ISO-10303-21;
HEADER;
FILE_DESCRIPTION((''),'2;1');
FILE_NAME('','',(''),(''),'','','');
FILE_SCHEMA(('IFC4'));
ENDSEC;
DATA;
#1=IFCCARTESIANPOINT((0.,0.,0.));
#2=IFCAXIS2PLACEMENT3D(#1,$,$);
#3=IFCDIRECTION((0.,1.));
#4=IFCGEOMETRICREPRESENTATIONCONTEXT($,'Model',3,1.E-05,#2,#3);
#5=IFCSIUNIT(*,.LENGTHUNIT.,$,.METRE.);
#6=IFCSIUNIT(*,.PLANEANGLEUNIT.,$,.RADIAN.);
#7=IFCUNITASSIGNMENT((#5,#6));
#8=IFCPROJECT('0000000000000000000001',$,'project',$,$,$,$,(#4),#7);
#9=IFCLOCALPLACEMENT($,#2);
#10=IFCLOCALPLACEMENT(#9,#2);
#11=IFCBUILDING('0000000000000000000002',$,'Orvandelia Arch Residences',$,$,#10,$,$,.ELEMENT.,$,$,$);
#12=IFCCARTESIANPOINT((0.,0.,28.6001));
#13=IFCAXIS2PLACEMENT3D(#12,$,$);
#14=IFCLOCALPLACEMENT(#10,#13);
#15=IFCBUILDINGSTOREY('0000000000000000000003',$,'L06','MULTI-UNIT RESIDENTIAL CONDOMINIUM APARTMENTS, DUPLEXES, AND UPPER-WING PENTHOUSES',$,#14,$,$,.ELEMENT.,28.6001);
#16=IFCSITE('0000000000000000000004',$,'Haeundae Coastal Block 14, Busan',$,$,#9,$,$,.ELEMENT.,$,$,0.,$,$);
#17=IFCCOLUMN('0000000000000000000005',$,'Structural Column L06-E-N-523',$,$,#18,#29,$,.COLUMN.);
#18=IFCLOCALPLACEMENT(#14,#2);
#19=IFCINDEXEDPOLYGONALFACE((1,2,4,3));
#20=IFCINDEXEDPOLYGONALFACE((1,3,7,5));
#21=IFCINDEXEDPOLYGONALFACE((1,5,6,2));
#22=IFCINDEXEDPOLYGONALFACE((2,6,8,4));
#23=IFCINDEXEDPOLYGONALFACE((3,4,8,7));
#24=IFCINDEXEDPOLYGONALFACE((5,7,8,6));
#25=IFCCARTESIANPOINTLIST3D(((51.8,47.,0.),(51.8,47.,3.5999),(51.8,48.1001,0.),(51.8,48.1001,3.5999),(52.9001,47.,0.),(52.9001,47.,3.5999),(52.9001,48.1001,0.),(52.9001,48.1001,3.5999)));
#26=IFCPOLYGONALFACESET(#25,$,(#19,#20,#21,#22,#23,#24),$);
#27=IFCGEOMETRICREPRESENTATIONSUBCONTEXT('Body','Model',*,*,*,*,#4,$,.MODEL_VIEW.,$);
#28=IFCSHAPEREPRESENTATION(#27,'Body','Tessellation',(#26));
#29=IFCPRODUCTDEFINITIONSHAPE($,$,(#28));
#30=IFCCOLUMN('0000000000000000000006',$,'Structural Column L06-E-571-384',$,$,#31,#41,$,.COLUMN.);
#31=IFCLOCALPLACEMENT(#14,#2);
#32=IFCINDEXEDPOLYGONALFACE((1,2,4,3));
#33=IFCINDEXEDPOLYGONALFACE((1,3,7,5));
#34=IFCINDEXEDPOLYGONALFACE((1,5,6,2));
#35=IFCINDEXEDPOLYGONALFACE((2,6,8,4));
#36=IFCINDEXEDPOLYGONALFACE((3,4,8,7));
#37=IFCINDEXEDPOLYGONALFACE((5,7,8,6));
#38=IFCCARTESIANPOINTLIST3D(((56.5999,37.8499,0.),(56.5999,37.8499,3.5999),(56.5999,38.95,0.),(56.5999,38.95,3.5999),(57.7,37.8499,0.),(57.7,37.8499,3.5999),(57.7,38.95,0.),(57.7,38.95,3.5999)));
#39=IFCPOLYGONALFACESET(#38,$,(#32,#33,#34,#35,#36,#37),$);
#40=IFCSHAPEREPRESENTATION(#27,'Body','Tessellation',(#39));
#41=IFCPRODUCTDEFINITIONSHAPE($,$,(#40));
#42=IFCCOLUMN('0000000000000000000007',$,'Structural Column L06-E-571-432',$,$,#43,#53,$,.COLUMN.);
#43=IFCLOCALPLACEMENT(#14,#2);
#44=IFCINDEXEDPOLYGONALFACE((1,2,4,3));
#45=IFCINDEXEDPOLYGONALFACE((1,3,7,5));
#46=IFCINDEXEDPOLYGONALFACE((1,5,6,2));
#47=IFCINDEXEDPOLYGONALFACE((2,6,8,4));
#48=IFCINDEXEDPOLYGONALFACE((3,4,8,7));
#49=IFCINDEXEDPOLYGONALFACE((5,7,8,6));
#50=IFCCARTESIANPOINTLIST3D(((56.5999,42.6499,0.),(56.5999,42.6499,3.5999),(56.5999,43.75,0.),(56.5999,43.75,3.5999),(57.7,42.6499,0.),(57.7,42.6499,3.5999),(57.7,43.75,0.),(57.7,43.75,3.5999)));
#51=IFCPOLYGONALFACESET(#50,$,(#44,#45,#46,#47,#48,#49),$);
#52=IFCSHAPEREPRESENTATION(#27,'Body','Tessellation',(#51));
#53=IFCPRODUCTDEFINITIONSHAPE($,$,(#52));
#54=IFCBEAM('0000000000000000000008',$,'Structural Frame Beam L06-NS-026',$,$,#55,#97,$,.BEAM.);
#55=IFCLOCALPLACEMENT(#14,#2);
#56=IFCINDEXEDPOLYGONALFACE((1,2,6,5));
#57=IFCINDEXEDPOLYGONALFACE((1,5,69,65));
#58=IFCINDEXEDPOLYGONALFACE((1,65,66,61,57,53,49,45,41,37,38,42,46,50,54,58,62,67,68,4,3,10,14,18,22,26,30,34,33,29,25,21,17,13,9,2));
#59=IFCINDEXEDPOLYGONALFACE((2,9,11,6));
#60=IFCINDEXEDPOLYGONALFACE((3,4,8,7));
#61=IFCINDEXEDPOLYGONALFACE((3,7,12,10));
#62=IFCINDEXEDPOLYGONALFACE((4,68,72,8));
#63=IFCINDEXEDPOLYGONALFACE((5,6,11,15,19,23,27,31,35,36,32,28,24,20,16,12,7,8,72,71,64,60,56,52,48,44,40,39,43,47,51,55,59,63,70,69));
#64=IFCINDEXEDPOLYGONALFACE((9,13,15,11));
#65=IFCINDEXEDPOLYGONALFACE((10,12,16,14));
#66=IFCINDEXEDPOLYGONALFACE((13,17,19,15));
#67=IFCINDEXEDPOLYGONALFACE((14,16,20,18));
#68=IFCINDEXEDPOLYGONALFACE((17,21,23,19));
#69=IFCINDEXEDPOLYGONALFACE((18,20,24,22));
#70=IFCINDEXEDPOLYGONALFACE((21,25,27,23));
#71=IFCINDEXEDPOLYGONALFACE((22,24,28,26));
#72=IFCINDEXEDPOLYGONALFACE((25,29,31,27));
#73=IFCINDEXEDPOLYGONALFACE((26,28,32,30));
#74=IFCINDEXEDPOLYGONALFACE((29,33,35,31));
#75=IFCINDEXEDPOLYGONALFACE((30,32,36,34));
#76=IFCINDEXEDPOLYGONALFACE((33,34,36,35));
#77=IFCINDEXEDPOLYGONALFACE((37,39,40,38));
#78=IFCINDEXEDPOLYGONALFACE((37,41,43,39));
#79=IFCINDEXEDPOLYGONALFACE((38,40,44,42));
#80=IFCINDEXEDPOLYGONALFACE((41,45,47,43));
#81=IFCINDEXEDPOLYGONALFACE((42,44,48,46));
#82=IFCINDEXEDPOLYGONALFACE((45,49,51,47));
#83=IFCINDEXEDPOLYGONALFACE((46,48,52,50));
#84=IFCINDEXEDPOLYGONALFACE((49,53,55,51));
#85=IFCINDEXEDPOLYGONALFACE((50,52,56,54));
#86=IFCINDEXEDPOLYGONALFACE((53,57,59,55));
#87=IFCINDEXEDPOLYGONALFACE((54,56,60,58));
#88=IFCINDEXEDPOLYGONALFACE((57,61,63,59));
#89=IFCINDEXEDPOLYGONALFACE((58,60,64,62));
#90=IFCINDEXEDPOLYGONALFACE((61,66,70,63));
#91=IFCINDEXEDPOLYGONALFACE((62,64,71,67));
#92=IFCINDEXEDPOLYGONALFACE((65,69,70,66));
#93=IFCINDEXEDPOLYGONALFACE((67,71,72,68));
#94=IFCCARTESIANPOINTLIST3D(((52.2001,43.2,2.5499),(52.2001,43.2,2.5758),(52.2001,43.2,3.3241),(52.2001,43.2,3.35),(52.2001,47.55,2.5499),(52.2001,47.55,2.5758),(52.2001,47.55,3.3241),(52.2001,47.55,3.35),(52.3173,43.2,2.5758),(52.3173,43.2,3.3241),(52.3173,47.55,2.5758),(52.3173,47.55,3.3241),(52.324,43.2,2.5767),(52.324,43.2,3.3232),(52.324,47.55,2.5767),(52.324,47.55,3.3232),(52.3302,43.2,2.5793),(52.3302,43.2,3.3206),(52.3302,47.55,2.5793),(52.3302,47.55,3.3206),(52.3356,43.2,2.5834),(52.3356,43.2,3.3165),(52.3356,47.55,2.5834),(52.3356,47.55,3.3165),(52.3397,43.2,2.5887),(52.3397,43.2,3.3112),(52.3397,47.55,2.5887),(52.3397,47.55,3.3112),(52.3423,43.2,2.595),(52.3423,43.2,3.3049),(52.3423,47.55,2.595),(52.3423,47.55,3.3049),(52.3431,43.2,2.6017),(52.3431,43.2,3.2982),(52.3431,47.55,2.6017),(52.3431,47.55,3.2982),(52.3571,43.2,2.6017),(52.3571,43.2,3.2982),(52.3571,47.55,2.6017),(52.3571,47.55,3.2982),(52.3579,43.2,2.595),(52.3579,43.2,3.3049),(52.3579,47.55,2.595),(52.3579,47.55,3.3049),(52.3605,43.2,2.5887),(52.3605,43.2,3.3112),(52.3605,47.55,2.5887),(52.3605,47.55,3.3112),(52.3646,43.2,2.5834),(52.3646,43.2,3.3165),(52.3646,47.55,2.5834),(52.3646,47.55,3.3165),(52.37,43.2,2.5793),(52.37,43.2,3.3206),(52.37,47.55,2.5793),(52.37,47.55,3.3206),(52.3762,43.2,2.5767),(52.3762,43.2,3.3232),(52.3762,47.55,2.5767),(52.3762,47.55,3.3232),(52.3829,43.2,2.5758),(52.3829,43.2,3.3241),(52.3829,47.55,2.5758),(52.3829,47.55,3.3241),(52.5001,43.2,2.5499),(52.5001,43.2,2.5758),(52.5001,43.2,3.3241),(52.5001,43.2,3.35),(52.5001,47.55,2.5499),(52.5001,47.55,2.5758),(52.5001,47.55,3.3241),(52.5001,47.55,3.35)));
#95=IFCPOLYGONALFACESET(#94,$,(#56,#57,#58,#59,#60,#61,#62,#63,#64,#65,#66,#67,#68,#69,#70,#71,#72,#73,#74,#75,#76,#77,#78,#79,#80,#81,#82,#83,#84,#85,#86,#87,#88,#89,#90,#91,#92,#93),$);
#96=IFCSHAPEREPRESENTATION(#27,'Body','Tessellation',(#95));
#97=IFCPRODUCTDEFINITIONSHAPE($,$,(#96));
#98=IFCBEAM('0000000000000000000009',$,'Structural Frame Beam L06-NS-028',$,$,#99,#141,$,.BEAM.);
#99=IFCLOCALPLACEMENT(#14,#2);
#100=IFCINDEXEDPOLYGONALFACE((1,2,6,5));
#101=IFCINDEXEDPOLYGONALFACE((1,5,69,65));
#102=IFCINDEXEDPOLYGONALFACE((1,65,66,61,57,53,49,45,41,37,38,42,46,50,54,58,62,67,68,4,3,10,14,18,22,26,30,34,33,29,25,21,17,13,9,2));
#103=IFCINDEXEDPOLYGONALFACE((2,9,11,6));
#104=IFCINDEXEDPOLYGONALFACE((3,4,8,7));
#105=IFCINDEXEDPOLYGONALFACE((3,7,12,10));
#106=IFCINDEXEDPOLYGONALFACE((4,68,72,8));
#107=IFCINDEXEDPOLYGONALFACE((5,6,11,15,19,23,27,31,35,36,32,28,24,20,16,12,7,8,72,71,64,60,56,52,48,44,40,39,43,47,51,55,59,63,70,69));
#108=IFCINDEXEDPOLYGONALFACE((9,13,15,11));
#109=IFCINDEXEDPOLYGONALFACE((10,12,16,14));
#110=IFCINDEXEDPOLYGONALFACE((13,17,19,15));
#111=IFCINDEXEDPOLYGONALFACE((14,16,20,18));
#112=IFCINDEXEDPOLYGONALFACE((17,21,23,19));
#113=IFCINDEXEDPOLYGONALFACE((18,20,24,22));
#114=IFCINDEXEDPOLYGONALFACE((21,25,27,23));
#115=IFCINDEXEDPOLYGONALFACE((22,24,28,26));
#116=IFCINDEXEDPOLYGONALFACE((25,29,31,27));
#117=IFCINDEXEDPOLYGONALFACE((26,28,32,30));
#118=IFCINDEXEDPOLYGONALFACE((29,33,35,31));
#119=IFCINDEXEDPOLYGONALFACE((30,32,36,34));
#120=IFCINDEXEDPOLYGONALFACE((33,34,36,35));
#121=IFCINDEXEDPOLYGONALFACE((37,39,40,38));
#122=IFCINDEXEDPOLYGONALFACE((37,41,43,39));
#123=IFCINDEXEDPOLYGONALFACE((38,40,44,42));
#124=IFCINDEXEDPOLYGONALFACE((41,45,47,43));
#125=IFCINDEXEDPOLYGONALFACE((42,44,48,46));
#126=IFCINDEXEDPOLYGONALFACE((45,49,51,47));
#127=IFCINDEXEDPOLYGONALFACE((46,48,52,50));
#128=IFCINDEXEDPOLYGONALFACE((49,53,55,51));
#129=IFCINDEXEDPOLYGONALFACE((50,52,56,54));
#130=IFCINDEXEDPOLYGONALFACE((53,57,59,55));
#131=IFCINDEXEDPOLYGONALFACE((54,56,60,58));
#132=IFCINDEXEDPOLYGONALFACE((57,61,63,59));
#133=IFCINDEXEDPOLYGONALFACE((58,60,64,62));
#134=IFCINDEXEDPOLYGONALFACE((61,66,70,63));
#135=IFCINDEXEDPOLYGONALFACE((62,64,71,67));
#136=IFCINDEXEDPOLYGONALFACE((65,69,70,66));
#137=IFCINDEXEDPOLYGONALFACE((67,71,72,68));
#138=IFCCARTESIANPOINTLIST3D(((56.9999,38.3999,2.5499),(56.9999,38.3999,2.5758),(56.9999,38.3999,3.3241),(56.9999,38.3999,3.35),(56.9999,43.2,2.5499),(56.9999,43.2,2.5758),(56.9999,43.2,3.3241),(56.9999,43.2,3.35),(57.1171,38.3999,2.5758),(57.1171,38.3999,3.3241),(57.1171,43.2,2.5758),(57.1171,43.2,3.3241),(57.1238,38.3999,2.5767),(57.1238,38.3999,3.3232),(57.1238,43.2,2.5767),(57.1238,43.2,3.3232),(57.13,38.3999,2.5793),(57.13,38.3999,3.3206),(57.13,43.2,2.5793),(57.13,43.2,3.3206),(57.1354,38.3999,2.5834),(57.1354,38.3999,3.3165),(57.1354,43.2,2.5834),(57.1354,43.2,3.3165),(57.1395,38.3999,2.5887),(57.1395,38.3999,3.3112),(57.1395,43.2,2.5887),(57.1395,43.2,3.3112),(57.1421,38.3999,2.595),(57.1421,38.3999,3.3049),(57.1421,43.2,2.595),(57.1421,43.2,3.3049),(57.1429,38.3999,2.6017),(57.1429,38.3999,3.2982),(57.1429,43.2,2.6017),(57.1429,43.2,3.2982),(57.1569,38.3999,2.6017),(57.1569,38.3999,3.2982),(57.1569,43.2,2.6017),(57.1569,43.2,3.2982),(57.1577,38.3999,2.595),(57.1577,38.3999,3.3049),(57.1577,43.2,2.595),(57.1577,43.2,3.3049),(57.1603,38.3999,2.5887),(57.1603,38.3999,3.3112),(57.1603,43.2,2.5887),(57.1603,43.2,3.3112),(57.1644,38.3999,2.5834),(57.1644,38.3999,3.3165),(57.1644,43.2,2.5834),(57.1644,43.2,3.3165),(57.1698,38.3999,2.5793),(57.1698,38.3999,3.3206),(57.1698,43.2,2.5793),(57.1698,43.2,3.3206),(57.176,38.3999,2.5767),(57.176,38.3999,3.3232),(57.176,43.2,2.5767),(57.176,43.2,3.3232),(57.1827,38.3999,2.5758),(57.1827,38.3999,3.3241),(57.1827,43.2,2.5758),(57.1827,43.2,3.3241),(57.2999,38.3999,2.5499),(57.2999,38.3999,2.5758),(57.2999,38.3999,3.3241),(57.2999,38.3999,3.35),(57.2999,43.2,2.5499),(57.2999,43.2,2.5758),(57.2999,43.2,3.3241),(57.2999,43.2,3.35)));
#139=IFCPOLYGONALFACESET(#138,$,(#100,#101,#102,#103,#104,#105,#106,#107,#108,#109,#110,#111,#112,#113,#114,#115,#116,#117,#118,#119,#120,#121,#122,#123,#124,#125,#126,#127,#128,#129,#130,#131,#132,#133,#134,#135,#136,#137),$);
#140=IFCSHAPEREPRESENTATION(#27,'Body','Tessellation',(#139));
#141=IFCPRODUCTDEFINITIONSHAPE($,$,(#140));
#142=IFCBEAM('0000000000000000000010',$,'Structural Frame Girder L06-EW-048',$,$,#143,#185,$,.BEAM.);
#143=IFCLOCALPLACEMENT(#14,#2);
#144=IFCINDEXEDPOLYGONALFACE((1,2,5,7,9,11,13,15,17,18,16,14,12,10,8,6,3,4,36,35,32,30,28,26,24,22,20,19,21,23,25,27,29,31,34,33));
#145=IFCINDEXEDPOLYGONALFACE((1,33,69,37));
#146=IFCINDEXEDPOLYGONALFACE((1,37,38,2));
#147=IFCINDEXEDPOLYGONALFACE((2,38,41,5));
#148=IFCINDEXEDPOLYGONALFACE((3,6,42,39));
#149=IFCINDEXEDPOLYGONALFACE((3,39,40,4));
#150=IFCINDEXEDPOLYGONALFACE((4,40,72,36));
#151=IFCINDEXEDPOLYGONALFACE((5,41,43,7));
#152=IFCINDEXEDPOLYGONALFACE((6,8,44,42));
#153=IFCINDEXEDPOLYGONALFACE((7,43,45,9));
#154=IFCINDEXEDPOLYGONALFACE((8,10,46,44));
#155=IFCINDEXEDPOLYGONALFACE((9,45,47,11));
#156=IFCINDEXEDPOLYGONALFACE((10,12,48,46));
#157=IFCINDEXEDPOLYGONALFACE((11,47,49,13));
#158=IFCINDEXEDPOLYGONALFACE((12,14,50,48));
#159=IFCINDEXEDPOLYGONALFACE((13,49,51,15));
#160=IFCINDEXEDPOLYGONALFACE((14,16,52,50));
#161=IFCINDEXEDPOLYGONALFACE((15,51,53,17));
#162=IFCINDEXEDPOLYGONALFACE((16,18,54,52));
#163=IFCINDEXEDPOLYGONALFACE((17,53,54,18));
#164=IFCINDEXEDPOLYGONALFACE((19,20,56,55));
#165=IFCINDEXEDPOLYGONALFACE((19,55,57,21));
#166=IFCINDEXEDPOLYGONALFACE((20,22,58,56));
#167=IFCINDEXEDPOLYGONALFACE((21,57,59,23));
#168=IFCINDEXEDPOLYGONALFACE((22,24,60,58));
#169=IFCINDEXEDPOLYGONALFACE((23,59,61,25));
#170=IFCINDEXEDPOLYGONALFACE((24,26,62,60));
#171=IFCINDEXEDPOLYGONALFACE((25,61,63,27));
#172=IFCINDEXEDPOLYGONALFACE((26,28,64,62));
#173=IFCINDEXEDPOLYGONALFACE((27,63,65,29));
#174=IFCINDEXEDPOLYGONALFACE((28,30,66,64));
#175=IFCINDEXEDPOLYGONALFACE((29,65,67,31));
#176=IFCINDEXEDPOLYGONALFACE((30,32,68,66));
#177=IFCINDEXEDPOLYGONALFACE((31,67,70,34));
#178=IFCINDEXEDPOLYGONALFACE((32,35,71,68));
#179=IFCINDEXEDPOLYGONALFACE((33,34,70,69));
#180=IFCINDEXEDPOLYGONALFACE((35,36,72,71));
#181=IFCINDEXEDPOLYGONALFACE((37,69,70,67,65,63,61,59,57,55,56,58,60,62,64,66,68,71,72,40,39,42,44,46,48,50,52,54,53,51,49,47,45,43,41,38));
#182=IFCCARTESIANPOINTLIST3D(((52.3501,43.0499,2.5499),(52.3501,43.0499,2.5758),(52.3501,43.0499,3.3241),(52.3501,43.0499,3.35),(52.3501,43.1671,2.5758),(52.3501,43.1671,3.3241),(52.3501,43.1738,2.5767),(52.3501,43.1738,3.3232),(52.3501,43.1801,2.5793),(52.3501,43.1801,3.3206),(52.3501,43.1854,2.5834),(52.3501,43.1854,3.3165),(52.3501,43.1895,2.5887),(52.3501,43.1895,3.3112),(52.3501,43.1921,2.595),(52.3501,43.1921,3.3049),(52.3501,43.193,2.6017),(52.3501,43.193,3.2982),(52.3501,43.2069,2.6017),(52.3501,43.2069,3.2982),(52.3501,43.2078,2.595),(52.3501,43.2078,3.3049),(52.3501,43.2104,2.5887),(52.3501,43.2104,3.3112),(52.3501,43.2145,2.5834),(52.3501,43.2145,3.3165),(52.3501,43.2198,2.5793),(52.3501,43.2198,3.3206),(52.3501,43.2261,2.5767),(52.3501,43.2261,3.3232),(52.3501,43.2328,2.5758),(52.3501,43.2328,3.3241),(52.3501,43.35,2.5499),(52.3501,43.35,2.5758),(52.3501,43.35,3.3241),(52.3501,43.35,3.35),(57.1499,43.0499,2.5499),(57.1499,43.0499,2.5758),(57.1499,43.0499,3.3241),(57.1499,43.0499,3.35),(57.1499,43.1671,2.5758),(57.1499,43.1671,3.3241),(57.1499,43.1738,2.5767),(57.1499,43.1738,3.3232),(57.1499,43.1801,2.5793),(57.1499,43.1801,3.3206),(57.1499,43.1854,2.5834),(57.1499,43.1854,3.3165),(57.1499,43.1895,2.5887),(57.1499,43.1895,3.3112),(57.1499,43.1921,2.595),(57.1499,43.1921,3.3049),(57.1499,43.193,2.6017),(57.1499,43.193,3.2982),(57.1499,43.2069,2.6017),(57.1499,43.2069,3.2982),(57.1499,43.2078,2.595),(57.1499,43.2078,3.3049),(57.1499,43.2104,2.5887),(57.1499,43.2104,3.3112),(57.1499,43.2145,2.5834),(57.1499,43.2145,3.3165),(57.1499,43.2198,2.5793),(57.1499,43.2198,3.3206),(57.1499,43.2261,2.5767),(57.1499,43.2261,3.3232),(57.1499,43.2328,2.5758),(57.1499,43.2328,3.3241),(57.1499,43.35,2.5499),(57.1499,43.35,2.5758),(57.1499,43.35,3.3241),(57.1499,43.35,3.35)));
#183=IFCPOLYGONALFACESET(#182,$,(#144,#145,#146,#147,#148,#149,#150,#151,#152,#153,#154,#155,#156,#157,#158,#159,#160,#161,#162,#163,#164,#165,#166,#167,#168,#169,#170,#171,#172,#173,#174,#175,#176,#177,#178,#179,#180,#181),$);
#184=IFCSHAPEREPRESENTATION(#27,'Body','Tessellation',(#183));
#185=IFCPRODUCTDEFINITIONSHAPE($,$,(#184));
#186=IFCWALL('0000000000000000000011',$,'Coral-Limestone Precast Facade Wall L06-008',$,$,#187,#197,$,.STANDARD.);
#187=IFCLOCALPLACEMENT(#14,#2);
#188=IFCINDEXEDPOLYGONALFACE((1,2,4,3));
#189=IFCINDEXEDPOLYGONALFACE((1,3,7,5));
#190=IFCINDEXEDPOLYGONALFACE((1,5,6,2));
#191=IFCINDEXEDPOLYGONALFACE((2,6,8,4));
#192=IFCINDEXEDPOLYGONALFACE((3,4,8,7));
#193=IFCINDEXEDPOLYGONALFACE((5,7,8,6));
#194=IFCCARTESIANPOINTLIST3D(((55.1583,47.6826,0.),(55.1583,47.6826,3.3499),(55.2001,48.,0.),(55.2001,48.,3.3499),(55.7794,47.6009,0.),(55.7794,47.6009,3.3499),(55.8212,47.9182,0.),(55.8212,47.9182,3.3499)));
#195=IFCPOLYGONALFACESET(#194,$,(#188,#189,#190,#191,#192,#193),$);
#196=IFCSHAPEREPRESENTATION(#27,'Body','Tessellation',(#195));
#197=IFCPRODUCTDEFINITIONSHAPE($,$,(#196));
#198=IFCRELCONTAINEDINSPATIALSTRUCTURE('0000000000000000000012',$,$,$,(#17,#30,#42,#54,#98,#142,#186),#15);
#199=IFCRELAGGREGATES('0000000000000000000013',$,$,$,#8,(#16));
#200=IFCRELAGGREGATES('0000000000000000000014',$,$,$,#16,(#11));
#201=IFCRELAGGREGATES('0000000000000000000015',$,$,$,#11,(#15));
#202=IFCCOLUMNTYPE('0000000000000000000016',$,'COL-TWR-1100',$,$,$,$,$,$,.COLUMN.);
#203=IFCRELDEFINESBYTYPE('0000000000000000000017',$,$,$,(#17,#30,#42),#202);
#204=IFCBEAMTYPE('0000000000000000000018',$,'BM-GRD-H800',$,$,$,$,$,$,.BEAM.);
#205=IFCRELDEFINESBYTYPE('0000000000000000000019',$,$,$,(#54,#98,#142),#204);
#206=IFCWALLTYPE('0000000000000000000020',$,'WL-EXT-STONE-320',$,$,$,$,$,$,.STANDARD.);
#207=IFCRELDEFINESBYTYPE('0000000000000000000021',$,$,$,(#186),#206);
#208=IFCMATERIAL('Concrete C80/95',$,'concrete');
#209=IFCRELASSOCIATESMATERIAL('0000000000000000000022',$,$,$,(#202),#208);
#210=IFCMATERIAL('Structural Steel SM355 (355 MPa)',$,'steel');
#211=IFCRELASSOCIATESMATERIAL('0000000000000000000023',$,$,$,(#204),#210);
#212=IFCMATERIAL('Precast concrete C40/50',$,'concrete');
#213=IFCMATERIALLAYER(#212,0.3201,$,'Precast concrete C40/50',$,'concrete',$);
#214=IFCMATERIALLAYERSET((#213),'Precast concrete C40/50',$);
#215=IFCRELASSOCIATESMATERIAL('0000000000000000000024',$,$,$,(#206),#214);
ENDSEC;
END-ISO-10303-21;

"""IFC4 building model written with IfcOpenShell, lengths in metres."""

from ifc_helpers import new_model, si_unit, direction, frame, frame_2d, origin, origin_2d, place, context, subcontext, project, spatial, rectangle, i_section, extrude, material, layer, layer_set, material_profile, profile_set, type_object, element, save


model = new_model("IFC4")

# Units and contexts
model_context = context("Model", 3, precision=1e-05, world=origin(), true_north=direction((0.0, 1.0)))
body_context = subcontext(model_context, "Body", "Model", "MODEL_VIEW")
ifc_project = project(units=[si_unit("LENGTHUNIT", "METRE"), si_unit("PLANEANGLEUNIT", "RADIAN")], contexts=[model_context])

# Site, building, storey
site_placement = place(None, origin())
site = spatial("IfcSite", under=ifc_project, at=site_placement, Name="Haeundae Coastal Block 14, Busan", CompositionType="ELEMENT", RefElevation=0.0)
building_placement = place(site_placement, origin())
building = spatial("IfcBuilding", under=site, at=building_placement, Name="Orvandelia Arch Residences", CompositionType="ELEMENT")
storey_placement = place(building_placement, frame((0.0, 0.0, 28.6001)))
storey = spatial("IfcBuildingStorey", under=building, at=storey_placement, Name="L06", Description="MULTI-UNIT RESIDENTIAL CONDOMINIUM APARTMENTS, DUPLEXES, AND UPPER-WING PENTHOUSES", CompositionType="ELEMENT", Elevation=28.6001)

# Columns
ifc_material_1 = material(Name="Concrete C80/95", Category="concrete")
ifc_material_profile_1 = material_profile(ifc_material_1, rectangle(XDim=1.1001, YDim=1.1001, at=origin_2d()), Name="Concrete C80/95", Category="concrete")
ifc_profile_set_1 = profile_set([ifc_material_profile_1], Name="Concrete C80/95")
column_type = type_object("IfcColumnType", Name="COL-TWR-1100", PredefinedType="COLUMN", material=ifc_profile_set_1)
for number, where, z_axis, x_axis, name in (
    (1, (52.3501, 47.55, 0.0), (0.0, 0.0, 1.0), (1.0, 0.0, 0.0), "Structural Column L06-E-N-523"),
    (2, (57.1499, 38.3999, 0.0), (0.0, 0.0, 1.0), (1.0, 0.0, 0.0), "Structural Column L06-E-571-384"),
    (3, (57.1499, 43.2, 0.0), (0.0, 0.0, 1.0), (1.0, 0.0, 0.0), "Structural Column L06-E-571-432"),
):
    element("IfcColumn", number, at=place(storey_placement, frame(where, z_axis=z_axis, x_axis=x_axis)), inside=storey, type_object=column_type, Name=name, PredefinedType="COLUMN", context=body_context, shape_type="SweptSolid", body=[
        extrude(rectangle(XDim=1.1001, YDim=1.1001, at=origin_2d()), origin(), (0.0, 0.0, 1.0), 3.5999),
    ])

# Beams
ifc_material_2 = material(Name="Structural Steel SM355 (355 MPa)", Category="steel")
ifc_material_profile_2 = material_profile(ifc_material_2, i_section(OverallWidth=0.3, OverallDepth=0.8, WebThickness=0.0139, FlangeThickness=0.0259, FilletRadius=0.0259, at=origin_2d()), Name="Structural Steel SM355 (355 MPa)", Category="steel")
ifc_profile_set_2 = profile_set([ifc_material_profile_2], Name="Structural Steel SM355 (355 MPa)")
beam_type = type_object("IfcBeamType", Name="BM-GRD-H800", PredefinedType="BEAM", material=ifc_profile_set_2)
beam_1_placement = place(storey_placement, frame((52.3501, 43.2, 2.95), z_axis=(0.0, 1.0, 0.0), x_axis=(-1.0, 0.0, 0.0)))
element("IfcBeam", 4, at=beam_1_placement, inside=storey, type_object=beam_type, Name="Structural Frame Beam L06-NS-026", PredefinedType="BEAM", context=body_context, shape_type="SweptSolid", body=[
    extrude(i_section(OverallWidth=0.3, OverallDepth=0.8, WebThickness=0.0139, FlangeThickness=0.0259, FilletRadius=0.0259, at=origin_2d()), origin(), (0.0, 0.0, 1.0), 4.3501),
])
beam_2_placement = place(storey_placement, frame((57.1499, 38.3999, 2.95), z_axis=(0.0, 1.0, 0.0), x_axis=(-1.0, 0.0, 0.0)))
element("IfcBeam", 5, at=beam_2_placement, inside=storey, type_object=beam_type, Name="Structural Frame Beam L06-NS-028", PredefinedType="BEAM", context=body_context, shape_type="SweptSolid", body=[
    extrude(i_section(OverallWidth=0.3, OverallDepth=0.8, WebThickness=0.0139, FlangeThickness=0.0259, FilletRadius=0.0259, at=origin_2d()), origin(), (0.0, 0.0, 1.0), 4.8),
])
beam_3_placement = place(storey_placement, frame((52.3501, 43.2, 2.95), z_axis=(1.0, 0.0, 0.0), x_axis=(0.0, 1.0, 0.0)))
element("IfcBeam", 6, at=beam_3_placement, inside=storey, type_object=beam_type, Name="Structural Frame Girder L06-EW-048", PredefinedType="BEAM", context=body_context, shape_type="SweptSolid", body=[
    extrude(i_section(OverallWidth=0.3, OverallDepth=0.8, WebThickness=0.0139, FlangeThickness=0.0259, FilletRadius=0.0259, at=origin_2d()), origin(), (0.0, 0.0, 1.0), 4.7998),
])

# Wall
ifc_material_3 = material(Name="Precast concrete C40/50", Category="concrete")
ifc_layer_1 = layer(ifc_material_3, 0.3201, Name="Precast concrete C40/50", Category="concrete")
ifc_layer_set_1 = layer_set([ifc_layer_1], Name="Precast concrete C40/50")
wall_type_1 = type_object("IfcWallType", Name="WL-EXT-STONE-320", PredefinedType="STANDARD", material=ifc_layer_set_1)
for number, where, z_axis, x_axis, name in (
    (7, (55.1792, 47.8413, 0.0), (0.0, 0.0, 1.0), (0.991441, -0.130555, 0.0), "Coral-Limestone Precast Facade Wall L06-008"),
):
    element("IfcWall", number, at=place(storey_placement, frame(where, z_axis=z_axis, x_axis=x_axis)), inside=storey, type_object=wall_type_1, Name=name, PredefinedType="STANDARD", context=body_context, shape_type="SweptSolid", body=[
        extrude(rectangle(XDim=0.6265, YDim=0.3201, at=frame_2d((0.3132, 0.0))), origin(), (0.0, 0.0, 1.0), 3.3499),
    ])

save(model, "model.ifc")
